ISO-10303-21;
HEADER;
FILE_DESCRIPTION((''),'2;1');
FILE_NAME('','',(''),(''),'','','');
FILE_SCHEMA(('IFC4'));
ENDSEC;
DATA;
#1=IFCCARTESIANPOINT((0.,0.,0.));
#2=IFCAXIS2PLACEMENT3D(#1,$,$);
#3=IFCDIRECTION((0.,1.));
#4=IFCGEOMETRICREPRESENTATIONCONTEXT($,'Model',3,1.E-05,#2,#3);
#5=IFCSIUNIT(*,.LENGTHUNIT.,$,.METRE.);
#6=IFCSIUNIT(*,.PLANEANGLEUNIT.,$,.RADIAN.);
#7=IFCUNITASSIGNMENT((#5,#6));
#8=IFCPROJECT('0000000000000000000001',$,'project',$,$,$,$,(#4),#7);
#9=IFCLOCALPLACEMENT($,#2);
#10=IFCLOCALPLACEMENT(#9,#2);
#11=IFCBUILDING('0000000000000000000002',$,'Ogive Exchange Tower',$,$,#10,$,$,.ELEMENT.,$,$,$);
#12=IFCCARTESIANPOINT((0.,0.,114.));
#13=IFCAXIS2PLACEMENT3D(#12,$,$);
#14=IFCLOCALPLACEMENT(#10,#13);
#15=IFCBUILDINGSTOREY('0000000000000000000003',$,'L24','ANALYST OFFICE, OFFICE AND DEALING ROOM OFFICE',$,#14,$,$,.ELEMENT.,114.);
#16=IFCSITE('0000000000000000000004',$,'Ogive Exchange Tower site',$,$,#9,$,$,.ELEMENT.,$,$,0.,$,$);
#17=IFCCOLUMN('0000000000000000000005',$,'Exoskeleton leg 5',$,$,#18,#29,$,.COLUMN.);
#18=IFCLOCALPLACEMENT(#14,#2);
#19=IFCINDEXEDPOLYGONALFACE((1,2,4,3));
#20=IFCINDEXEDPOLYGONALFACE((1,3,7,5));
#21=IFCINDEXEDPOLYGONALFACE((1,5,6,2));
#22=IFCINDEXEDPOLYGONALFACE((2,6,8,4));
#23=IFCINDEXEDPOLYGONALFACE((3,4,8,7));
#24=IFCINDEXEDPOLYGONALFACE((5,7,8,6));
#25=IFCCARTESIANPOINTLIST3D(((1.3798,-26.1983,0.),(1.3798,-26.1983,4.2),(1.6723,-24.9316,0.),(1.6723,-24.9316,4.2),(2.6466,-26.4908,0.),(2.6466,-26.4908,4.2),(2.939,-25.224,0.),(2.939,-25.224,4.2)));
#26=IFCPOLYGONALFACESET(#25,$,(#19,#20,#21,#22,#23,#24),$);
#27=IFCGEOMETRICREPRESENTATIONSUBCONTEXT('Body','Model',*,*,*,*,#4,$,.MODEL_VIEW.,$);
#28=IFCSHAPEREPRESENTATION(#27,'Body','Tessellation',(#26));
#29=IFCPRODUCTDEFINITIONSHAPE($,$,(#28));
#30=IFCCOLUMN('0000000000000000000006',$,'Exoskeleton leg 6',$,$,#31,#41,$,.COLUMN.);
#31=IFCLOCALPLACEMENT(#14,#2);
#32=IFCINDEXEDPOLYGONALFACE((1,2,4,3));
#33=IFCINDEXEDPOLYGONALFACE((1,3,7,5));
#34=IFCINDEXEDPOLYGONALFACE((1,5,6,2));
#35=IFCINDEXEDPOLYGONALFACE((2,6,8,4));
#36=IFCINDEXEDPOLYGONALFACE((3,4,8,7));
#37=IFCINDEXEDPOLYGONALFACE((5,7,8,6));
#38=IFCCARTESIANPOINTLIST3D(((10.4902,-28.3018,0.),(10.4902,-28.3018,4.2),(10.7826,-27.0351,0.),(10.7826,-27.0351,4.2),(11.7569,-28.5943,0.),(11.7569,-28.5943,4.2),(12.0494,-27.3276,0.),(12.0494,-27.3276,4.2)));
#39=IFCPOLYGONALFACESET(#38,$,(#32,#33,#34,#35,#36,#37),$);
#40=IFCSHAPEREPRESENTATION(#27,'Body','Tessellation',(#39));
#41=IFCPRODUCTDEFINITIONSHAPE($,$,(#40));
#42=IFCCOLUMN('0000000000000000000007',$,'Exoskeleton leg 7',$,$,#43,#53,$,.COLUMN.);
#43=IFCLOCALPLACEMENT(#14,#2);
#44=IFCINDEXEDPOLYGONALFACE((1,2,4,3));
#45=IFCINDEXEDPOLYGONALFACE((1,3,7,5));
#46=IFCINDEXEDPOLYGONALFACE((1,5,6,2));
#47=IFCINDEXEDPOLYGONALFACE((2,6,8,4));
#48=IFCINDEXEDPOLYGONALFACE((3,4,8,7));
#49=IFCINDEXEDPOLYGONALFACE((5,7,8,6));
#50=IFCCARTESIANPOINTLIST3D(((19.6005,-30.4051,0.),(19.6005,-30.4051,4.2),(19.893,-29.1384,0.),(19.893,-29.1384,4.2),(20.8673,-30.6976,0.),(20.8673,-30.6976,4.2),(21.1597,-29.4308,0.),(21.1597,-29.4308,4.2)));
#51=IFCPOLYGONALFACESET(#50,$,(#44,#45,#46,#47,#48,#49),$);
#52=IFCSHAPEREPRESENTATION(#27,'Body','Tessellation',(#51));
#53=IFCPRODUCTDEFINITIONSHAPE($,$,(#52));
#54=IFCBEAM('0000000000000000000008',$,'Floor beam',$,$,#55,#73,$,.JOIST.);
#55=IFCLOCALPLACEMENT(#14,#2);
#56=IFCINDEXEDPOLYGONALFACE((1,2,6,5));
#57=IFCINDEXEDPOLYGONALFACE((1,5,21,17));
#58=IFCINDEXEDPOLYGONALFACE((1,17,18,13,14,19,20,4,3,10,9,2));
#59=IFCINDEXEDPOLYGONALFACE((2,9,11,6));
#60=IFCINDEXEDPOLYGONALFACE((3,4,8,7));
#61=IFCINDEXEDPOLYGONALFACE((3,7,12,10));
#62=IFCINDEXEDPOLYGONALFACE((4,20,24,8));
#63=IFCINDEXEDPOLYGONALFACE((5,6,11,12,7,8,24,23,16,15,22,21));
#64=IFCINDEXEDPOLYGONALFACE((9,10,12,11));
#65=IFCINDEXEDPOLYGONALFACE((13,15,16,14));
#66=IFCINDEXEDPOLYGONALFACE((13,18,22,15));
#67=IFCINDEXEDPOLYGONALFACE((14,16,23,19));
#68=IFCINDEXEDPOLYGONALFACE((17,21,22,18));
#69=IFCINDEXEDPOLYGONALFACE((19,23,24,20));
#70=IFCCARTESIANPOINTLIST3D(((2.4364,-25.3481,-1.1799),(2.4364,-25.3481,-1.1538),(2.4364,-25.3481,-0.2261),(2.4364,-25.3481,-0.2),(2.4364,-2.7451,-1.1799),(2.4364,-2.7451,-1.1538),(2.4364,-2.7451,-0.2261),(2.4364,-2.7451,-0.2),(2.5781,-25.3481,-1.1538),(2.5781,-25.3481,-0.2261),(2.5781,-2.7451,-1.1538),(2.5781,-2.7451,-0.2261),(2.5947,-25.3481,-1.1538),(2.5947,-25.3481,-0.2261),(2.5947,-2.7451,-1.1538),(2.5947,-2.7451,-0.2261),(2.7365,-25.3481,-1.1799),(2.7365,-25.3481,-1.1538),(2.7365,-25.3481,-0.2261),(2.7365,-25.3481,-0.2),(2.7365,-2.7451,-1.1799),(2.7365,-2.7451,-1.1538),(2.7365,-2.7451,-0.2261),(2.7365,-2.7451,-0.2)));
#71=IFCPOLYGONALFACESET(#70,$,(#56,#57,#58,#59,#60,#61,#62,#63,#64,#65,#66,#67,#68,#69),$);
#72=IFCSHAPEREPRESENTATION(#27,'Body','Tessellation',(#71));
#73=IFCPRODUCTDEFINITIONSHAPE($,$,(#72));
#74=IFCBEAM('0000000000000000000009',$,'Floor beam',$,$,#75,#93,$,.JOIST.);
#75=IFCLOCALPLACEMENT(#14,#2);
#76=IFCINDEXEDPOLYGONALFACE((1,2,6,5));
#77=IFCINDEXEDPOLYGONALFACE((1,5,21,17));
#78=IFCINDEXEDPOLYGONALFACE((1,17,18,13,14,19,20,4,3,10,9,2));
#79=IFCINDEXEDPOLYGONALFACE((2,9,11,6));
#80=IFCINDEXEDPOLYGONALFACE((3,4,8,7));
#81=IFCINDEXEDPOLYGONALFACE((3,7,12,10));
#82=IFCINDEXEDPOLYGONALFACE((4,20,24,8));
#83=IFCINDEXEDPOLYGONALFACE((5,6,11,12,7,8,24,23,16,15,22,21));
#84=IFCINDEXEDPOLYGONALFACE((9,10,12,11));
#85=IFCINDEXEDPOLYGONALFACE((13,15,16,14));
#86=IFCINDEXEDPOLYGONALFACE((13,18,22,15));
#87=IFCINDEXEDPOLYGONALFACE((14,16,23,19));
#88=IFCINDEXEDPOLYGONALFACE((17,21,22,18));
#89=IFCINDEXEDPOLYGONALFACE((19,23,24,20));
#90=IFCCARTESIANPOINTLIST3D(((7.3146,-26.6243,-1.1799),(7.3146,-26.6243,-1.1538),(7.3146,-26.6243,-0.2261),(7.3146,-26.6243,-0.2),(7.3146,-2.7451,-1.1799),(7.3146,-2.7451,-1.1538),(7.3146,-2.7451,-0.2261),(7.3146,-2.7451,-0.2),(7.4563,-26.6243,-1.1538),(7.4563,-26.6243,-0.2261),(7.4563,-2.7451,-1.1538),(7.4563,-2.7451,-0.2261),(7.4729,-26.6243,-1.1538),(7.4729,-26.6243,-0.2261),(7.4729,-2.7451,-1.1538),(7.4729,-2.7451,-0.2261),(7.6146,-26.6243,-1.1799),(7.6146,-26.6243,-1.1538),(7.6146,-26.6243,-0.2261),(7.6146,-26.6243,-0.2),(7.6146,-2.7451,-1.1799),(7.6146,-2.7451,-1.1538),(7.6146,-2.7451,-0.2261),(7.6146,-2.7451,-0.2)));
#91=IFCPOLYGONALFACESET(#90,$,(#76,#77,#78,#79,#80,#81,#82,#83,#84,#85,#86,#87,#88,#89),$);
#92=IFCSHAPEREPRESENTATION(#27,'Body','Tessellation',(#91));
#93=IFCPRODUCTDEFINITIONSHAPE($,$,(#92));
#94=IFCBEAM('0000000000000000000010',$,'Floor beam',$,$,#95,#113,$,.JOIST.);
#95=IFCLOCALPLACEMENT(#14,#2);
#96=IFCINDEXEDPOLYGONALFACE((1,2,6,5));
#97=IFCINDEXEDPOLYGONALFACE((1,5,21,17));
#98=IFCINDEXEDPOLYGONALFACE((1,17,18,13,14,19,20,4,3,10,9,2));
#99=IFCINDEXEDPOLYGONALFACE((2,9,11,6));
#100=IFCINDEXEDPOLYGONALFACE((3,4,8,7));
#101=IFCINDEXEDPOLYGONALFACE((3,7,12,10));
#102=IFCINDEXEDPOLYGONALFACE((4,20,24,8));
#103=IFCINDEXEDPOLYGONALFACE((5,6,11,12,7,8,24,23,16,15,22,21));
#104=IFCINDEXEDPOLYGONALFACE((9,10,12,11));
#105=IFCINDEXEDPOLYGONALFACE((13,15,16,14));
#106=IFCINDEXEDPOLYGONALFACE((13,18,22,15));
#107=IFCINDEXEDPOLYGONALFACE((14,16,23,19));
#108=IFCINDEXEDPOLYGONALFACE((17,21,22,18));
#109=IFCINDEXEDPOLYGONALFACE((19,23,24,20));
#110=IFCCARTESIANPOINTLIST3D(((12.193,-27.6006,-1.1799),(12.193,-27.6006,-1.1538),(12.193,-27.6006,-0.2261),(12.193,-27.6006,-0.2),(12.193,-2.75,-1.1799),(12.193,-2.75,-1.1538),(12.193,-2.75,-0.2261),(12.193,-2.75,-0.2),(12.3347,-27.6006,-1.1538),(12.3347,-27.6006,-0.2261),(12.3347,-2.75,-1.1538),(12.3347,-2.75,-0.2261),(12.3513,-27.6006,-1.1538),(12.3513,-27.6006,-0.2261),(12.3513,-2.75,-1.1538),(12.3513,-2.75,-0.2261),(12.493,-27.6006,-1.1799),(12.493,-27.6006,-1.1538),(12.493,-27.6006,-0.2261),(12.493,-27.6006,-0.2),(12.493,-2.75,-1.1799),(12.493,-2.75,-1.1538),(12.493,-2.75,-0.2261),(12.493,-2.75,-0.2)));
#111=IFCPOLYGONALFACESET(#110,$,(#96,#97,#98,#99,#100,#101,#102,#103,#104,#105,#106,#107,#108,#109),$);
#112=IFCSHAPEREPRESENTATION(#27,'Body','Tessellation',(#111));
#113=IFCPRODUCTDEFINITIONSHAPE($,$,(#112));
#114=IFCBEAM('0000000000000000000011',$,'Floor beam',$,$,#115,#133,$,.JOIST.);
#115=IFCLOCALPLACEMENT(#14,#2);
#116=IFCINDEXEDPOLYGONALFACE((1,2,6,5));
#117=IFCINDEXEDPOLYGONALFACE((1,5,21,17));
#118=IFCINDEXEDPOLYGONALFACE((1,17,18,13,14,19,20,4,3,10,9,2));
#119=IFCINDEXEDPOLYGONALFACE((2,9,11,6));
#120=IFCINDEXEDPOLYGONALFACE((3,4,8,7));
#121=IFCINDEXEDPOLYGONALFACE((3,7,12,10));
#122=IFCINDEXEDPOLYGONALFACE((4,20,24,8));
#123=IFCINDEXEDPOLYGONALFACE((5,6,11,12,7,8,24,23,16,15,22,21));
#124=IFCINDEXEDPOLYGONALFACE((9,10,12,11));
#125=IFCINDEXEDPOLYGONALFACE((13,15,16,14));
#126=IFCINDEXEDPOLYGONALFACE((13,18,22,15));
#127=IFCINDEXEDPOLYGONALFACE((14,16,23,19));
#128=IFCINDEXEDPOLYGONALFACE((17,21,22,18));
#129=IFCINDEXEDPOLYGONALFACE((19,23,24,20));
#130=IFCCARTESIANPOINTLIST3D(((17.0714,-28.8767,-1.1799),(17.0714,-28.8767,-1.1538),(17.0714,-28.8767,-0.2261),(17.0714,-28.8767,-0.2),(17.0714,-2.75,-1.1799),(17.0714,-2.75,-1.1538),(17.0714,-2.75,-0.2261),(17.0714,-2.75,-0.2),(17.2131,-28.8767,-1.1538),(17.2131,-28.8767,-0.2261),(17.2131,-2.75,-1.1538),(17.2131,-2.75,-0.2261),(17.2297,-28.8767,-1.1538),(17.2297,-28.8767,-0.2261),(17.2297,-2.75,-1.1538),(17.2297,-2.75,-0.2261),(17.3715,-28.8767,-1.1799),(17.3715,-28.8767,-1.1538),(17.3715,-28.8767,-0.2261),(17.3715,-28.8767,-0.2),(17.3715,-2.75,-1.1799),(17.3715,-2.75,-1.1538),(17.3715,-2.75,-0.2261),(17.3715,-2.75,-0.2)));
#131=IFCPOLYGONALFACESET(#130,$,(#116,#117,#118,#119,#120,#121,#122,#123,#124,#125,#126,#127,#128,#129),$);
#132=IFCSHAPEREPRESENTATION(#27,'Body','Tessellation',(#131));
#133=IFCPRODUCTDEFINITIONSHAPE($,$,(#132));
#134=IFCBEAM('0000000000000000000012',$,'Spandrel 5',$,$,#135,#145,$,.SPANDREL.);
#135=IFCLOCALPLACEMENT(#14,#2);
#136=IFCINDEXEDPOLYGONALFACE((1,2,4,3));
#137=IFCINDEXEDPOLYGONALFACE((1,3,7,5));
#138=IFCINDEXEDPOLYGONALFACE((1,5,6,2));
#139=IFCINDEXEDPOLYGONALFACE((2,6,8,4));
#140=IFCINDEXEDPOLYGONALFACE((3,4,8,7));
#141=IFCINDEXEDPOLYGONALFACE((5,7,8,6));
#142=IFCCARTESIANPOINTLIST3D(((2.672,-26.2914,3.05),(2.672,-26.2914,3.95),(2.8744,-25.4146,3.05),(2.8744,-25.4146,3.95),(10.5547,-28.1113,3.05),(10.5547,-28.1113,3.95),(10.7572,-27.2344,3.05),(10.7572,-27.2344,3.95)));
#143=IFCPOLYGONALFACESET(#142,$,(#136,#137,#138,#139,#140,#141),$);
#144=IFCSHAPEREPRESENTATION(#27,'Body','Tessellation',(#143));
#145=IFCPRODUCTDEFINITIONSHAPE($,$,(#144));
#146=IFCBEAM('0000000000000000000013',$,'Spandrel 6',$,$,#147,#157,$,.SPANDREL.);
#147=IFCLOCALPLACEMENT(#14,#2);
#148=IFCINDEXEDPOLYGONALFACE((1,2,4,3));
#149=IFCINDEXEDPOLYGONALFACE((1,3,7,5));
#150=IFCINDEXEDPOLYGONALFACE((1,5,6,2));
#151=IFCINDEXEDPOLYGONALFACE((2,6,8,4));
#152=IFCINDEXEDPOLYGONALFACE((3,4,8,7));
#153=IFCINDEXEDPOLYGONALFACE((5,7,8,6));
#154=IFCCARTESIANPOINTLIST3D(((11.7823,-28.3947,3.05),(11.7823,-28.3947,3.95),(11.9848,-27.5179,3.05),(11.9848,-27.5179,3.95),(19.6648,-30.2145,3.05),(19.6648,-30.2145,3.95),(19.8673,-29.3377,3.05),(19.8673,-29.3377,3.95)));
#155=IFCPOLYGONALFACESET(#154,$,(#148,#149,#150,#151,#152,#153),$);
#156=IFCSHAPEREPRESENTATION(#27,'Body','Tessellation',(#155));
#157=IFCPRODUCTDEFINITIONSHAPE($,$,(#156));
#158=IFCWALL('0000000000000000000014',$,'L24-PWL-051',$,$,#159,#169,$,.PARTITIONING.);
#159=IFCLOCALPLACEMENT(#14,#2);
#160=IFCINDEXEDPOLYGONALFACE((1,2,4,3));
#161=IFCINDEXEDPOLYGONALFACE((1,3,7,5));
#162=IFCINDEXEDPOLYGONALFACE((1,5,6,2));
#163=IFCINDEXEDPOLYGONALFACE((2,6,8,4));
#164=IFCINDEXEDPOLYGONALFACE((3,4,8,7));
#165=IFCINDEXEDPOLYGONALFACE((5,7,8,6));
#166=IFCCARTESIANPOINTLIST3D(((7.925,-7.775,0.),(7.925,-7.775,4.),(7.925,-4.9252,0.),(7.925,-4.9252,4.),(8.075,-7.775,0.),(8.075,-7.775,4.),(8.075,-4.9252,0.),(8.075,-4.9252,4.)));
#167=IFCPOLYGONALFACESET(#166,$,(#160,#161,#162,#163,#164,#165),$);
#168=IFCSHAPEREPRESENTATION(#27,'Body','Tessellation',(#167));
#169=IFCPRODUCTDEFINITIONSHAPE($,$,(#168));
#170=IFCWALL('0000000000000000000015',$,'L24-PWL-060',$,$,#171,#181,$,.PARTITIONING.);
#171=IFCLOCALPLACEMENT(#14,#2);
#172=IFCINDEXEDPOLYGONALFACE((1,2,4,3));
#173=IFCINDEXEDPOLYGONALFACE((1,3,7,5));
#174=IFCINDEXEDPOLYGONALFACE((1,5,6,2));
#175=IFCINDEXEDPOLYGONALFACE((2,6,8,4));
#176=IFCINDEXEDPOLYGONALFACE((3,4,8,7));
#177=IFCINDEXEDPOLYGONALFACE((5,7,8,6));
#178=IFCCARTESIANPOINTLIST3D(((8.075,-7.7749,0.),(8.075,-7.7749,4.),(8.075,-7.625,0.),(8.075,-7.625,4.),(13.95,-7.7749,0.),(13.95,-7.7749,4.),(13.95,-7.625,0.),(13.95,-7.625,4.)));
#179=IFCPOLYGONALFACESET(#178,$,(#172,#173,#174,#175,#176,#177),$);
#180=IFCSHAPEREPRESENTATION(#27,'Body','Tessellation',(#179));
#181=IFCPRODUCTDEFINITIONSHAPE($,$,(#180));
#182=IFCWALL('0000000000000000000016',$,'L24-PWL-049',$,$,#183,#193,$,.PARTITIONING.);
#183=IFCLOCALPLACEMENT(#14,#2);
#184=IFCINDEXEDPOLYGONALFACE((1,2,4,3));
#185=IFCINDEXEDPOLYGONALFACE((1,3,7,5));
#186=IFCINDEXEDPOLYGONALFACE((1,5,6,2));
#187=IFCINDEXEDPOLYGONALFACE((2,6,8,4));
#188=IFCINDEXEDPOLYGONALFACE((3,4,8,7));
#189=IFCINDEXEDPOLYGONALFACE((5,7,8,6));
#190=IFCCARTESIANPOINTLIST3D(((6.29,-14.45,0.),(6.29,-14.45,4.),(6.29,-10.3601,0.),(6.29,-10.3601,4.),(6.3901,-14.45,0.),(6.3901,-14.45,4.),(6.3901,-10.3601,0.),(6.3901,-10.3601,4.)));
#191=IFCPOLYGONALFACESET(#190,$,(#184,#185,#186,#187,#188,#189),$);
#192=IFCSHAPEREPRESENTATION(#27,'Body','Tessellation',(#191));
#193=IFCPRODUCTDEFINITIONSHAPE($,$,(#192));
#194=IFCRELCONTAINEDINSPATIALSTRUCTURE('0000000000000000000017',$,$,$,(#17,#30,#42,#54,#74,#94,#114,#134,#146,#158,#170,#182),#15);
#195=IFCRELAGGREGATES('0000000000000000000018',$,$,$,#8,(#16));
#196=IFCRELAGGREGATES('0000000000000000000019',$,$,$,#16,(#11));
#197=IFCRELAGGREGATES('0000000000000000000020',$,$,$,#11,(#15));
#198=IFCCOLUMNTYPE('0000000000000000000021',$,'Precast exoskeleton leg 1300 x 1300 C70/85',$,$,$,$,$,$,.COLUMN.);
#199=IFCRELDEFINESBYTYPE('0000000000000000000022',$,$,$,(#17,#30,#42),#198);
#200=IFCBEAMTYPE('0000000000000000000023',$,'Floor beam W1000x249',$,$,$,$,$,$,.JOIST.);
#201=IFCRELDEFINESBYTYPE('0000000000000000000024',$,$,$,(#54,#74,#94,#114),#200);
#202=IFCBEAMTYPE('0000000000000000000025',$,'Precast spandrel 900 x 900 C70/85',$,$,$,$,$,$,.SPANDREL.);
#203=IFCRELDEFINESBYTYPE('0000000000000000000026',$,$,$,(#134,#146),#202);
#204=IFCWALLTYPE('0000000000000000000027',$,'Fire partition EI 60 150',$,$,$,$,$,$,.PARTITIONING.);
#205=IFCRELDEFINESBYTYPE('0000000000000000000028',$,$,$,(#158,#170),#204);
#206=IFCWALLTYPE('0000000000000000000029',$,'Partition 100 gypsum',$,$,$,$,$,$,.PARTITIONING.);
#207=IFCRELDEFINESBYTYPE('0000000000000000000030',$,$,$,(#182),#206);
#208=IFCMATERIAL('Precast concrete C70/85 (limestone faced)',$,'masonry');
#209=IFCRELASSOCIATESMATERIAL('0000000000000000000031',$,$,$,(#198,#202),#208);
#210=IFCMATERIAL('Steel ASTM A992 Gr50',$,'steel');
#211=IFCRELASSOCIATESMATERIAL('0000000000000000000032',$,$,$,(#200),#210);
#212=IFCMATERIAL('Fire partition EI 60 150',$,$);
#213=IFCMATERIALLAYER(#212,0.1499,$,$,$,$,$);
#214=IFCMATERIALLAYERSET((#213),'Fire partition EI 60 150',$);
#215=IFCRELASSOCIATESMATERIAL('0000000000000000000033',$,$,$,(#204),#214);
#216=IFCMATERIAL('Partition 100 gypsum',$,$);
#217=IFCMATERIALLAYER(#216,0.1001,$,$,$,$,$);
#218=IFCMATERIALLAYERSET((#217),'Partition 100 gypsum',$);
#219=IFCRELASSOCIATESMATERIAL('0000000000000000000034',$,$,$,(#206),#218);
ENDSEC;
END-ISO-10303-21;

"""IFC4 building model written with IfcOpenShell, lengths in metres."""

from ifc_helpers import new_model, si_unit, direction, frame, frame_2d, origin, origin_2d, place, context, subcontext, project, spatial, rectangle, i_section, extrude, material, layer, layer_set, material_profile, profile_set, type_object, element, save


model = new_model("IFC4")

# Units and contexts
model_context = context("Model", 3, precision=1e-05, world=origin(), true_north=direction((0.0, 1.0)))
body_context = subcontext(model_context, "Body", "Model", "MODEL_VIEW")
ifc_project = project(units=[si_unit("LENGTHUNIT", "METRE"), si_unit("PLANEANGLEUNIT", "RADIAN")], contexts=[model_context])

# Site, building, storey
site_placement = place(None, origin())
site = spatial("IfcSite", under=ifc_project, at=site_placement, Name="Ogive Exchange Tower site", CompositionType="ELEMENT", RefElevation=0.0)
building_placement = place(site_placement, origin())
building = spatial("IfcBuilding", under=site, at=building_placement, Name="Ogive Exchange Tower", CompositionType="ELEMENT")
storey_placement = place(building_placement, frame((0.0, 0.0, 114.0)))
storey = spatial("IfcBuildingStorey", under=building, at=storey_placement, Name="L24", Description="ANALYST OFFICE, OFFICE AND DEALING ROOM OFFICE", CompositionType="ELEMENT", Elevation=114.0)

# Columns
ifc_material_1 = material(Name="Precast concrete C70/85 (limestone faced)", Category="masonry")
ifc_material_profile_1 = material_profile(ifc_material_1, rectangle(XDim=1.3, YDim=1.3, at=origin_2d()), Name="1300 x 1300")
ifc_profile_set_1 = profile_set([ifc_material_profile_1], Name="Precast concrete C70/85 (limestone faced)")
column_type = type_object("IfcColumnType", Name="Precast exoskeleton leg 1300 x 1300 C70/85", PredefinedType="COLUMN", material=ifc_profile_set_1)
for number, where, z_axis, x_axis, name in (
    (1, (2.1594, -25.7112, 0.0), (0.0, 0.0, 1.0), (0.97437, -0.224951, 0.0), "Exoskeleton leg 5"),
    (2, (11.2698, -27.8147, 0.0), (0.0, 0.0, 1.0), (0.97437, -0.224951, 0.0), "Exoskeleton leg 6"),
    (3, (20.3801, -29.918, 0.0), (0.0, 0.0, 1.0), (0.97437, -0.224951, 0.0), "Exoskeleton leg 7"),
):
    element("IfcColumn", number, at=place(storey_placement, frame(where, z_axis=z_axis, x_axis=x_axis)), inside=storey, type_object=column_type, Name=name, PredefinedType="COLUMN", context=body_context, shape_type="SweptSolid", body=[
        extrude(rectangle(XDim=1.3, YDim=1.3, at=origin_2d()), origin(), (0.0, 0.0, 1.0), 4.2),
    ])

# Beams
ifc_material_2 = material(Name="Steel ASTM A992 Gr50", Category="steel")
ifc_material_profile_2 = material_profile(ifc_material_2, i_section(OverallWidth=0.3, OverallDepth=0.98, WebThickness=0.0166, FlangeThickness=0.0261, at=origin_2d()), Name="W1000x249")
ifc_profile_set_2 = profile_set([ifc_material_profile_2], Name="Steel ASTM A992 Gr50")
beam_type_1 = type_object("IfcBeamType", Name="Floor beam W1000x249", PredefinedType="JOIST", material=ifc_profile_set_2)
beam_1_placement = place(storey_placement, frame((2.5864, -25.3481, -0.6899), z_axis=(0.0, 1.0, 0.0), x_axis=(-1.0, 0.0, 0.0)))
element("IfcBeam", 4, at=beam_1_placement, inside=storey, type_object=beam_type_1, Name="Floor beam", PredefinedType="JOIST", context=body_context, shape_type="SweptSolid", body=[
    extrude(i_section(OverallWidth=0.3, OverallDepth=0.98, WebThickness=0.0166, FlangeThickness=0.0261, at=origin_2d()), origin(), (0.0, 0.0, 1.0), 22.603),
])
beam_2_placement = place(storey_placement, frame((7.4646, -26.6243, -0.6899), z_axis=(0.0, 1.0, 0.0), x_axis=(-1.0, 0.0, 0.0)))
element("IfcBeam", 5, at=beam_2_placement, inside=storey, type_object=beam_type_1, Name="Floor beam", PredefinedType="JOIST", context=body_context, shape_type="SweptSolid", body=[
    extrude(i_section(OverallWidth=0.3, OverallDepth=0.98, WebThickness=0.0166, FlangeThickness=0.0261, at=origin_2d()), origin(), (0.0, 0.0, 1.0), 23.8792),
])
beam_3_placement = place(storey_placement, frame((12.343, -27.6006, -0.6899), z_axis=(0.0, 1.0, 0.0), x_axis=(-1.0, 0.0, 0.0)))
element("IfcBeam", 6, at=beam_3_placement, inside=storey, type_object=beam_type_1, Name="Floor beam", PredefinedType="JOIST", context=body_context, shape_type="SweptSolid", body=[
    extrude(i_section(OverallWidth=0.3, OverallDepth=0.98, WebThickness=0.0166, FlangeThickness=0.0261, at=origin_2d()), origin(), (0.0, 0.0, 1.0), 24.8506),
])
beam_4_placement = place(storey_placement, frame((17.2214, -28.8767, -0.6899), z_axis=(0.0, 1.0, 0.0), x_axis=(-1.0, 0.0, 0.0)))
element("IfcBeam", 7, at=beam_4_placement, inside=storey, type_object=beam_type_1, Name="Floor beam", PredefinedType="JOIST", context=body_context, shape_type="SweptSolid", body=[
    extrude(i_section(OverallWidth=0.3, OverallDepth=0.98, WebThickness=0.0166, FlangeThickness=0.0261, at=origin_2d()), origin(), (0.0, 0.0, 1.0), 26.1267),
])
ifc_material_profile_3 = material_profile(ifc_material_1, rectangle(XDim=0.8999, YDim=0.8999, at=origin_2d()), Name="900 x 900")
ifc_profile_set_3 = profile_set([ifc_material_profile_3], Name="Precast concrete C70/85 (limestone faced)")
beam_type_2 = type_object("IfcBeamType", Name="Precast spandrel 900 x 900 C70/85", PredefinedType="SPANDREL", material=ifc_profile_set_3)
beam_5_placement = place(storey_placement, frame((2.7732, -25.853, 3.5), z_axis=(0.974372, -0.224943, 0.0), x_axis=(0.224943, 0.974372, 0.0)))
element("IfcBeam", 8, at=beam_5_placement, inside=storey, type_object=beam_type_2, Name="Spandrel 5", PredefinedType="SPANDREL", context=body_context, shape_type="SweptSolid", body=[
    extrude(rectangle(XDim=0.8999, YDim=0.8999, at=origin_2d()), origin(), (0.0, 0.0, 1.0), 8.0901),
])
beam_6_placement = place(storey_placement, frame((11.8835, -27.9563, 3.5), z_axis=(0.97437, -0.22495, 0.0), x_axis=(0.22495, 0.97437, 0.0)))
element("IfcBeam", 9, at=beam_6_placement, inside=storey, type_object=beam_type_2, Name="Spandrel 6", PredefinedType="SPANDREL", context=body_context, shape_type="SweptSolid", body=[
    extrude(rectangle(XDim=0.8999, YDim=0.8999, at=origin_2d()), origin(), (0.0, 0.0, 1.0), 8.0898),
])

# Walls
ifc_material_3 = material(Name="Fire partition EI 60 150")
ifc_layer_1 = layer(ifc_material_3, 0.1499)
ifc_layer_set_1 = layer_set([ifc_layer_1], Name="Fire partition EI 60 150")
wall_type_1 = type_object("IfcWallType", Name="Fire partition EI 60 150", PredefinedType="PARTITIONING", material=ifc_layer_set_1)
wall_1_placement = place(storey_placement, frame((8.0, -7.7749, 0.0), z_axis=(0.0, 0.0, 1.0), x_axis=(0.0, 1.0, 0.0)))
element("IfcWall", 10, at=wall_1_placement, inside=storey, type_object=wall_type_1, Name="L24-PWL-051", PredefinedType="PARTITIONING", context=body_context, shape_type="SweptSolid", body=[
    extrude(rectangle(XDim=2.8499, YDim=0.1499, at=frame_2d((1.4248, 0.0))), origin(), (0.0, 0.0, 1.0), 4.0),
])
wall_2_placement = place(storey_placement, frame((13.95, -7.7, 0.0), z_axis=(0.0, 0.0, 1.0), x_axis=(-1.0, 0.0, 0.0)))
element("IfcWall", 11, at=wall_2_placement, inside=storey, type_object=wall_type_1, Name="L24-PWL-060", PredefinedType="PARTITIONING", context=body_context, shape_type="SweptSolid", body=[
    extrude(rectangle(XDim=5.875, YDim=0.1499, at=frame_2d((2.9375, 0.0))), origin(), (0.0, 0.0, 1.0), 4.0),
])
ifc_material_4 = material(Name="Partition 100 gypsum")
ifc_layer_2 = layer(ifc_material_4, 0.1001)
ifc_layer_set_2 = layer_set([ifc_layer_2], Name="Partition 100 gypsum")
wall_type_2 = type_object("IfcWallType", Name="Partition 100 gypsum", PredefinedType="PARTITIONING", material=ifc_layer_set_2)
wall_3_placement = place(storey_placement, frame((6.3401, -14.45, 0.0), z_axis=(0.0, 0.0, 1.0), x_axis=(0.0, 1.0, 0.0)))
element("IfcWall", 12, at=wall_3_placement, inside=storey, type_object=wall_type_2, Name="L24-PWL-049", PredefinedType="PARTITIONING", context=body_context, shape_type="SweptSolid", body=[
    extrude(rectangle(XDim=4.0898, YDim=0.1001, at=frame_2d((2.0449, 0.0))), origin(), (0.0, 0.0, 1.0), 4.0),
])

save(model, "model.ifc")
